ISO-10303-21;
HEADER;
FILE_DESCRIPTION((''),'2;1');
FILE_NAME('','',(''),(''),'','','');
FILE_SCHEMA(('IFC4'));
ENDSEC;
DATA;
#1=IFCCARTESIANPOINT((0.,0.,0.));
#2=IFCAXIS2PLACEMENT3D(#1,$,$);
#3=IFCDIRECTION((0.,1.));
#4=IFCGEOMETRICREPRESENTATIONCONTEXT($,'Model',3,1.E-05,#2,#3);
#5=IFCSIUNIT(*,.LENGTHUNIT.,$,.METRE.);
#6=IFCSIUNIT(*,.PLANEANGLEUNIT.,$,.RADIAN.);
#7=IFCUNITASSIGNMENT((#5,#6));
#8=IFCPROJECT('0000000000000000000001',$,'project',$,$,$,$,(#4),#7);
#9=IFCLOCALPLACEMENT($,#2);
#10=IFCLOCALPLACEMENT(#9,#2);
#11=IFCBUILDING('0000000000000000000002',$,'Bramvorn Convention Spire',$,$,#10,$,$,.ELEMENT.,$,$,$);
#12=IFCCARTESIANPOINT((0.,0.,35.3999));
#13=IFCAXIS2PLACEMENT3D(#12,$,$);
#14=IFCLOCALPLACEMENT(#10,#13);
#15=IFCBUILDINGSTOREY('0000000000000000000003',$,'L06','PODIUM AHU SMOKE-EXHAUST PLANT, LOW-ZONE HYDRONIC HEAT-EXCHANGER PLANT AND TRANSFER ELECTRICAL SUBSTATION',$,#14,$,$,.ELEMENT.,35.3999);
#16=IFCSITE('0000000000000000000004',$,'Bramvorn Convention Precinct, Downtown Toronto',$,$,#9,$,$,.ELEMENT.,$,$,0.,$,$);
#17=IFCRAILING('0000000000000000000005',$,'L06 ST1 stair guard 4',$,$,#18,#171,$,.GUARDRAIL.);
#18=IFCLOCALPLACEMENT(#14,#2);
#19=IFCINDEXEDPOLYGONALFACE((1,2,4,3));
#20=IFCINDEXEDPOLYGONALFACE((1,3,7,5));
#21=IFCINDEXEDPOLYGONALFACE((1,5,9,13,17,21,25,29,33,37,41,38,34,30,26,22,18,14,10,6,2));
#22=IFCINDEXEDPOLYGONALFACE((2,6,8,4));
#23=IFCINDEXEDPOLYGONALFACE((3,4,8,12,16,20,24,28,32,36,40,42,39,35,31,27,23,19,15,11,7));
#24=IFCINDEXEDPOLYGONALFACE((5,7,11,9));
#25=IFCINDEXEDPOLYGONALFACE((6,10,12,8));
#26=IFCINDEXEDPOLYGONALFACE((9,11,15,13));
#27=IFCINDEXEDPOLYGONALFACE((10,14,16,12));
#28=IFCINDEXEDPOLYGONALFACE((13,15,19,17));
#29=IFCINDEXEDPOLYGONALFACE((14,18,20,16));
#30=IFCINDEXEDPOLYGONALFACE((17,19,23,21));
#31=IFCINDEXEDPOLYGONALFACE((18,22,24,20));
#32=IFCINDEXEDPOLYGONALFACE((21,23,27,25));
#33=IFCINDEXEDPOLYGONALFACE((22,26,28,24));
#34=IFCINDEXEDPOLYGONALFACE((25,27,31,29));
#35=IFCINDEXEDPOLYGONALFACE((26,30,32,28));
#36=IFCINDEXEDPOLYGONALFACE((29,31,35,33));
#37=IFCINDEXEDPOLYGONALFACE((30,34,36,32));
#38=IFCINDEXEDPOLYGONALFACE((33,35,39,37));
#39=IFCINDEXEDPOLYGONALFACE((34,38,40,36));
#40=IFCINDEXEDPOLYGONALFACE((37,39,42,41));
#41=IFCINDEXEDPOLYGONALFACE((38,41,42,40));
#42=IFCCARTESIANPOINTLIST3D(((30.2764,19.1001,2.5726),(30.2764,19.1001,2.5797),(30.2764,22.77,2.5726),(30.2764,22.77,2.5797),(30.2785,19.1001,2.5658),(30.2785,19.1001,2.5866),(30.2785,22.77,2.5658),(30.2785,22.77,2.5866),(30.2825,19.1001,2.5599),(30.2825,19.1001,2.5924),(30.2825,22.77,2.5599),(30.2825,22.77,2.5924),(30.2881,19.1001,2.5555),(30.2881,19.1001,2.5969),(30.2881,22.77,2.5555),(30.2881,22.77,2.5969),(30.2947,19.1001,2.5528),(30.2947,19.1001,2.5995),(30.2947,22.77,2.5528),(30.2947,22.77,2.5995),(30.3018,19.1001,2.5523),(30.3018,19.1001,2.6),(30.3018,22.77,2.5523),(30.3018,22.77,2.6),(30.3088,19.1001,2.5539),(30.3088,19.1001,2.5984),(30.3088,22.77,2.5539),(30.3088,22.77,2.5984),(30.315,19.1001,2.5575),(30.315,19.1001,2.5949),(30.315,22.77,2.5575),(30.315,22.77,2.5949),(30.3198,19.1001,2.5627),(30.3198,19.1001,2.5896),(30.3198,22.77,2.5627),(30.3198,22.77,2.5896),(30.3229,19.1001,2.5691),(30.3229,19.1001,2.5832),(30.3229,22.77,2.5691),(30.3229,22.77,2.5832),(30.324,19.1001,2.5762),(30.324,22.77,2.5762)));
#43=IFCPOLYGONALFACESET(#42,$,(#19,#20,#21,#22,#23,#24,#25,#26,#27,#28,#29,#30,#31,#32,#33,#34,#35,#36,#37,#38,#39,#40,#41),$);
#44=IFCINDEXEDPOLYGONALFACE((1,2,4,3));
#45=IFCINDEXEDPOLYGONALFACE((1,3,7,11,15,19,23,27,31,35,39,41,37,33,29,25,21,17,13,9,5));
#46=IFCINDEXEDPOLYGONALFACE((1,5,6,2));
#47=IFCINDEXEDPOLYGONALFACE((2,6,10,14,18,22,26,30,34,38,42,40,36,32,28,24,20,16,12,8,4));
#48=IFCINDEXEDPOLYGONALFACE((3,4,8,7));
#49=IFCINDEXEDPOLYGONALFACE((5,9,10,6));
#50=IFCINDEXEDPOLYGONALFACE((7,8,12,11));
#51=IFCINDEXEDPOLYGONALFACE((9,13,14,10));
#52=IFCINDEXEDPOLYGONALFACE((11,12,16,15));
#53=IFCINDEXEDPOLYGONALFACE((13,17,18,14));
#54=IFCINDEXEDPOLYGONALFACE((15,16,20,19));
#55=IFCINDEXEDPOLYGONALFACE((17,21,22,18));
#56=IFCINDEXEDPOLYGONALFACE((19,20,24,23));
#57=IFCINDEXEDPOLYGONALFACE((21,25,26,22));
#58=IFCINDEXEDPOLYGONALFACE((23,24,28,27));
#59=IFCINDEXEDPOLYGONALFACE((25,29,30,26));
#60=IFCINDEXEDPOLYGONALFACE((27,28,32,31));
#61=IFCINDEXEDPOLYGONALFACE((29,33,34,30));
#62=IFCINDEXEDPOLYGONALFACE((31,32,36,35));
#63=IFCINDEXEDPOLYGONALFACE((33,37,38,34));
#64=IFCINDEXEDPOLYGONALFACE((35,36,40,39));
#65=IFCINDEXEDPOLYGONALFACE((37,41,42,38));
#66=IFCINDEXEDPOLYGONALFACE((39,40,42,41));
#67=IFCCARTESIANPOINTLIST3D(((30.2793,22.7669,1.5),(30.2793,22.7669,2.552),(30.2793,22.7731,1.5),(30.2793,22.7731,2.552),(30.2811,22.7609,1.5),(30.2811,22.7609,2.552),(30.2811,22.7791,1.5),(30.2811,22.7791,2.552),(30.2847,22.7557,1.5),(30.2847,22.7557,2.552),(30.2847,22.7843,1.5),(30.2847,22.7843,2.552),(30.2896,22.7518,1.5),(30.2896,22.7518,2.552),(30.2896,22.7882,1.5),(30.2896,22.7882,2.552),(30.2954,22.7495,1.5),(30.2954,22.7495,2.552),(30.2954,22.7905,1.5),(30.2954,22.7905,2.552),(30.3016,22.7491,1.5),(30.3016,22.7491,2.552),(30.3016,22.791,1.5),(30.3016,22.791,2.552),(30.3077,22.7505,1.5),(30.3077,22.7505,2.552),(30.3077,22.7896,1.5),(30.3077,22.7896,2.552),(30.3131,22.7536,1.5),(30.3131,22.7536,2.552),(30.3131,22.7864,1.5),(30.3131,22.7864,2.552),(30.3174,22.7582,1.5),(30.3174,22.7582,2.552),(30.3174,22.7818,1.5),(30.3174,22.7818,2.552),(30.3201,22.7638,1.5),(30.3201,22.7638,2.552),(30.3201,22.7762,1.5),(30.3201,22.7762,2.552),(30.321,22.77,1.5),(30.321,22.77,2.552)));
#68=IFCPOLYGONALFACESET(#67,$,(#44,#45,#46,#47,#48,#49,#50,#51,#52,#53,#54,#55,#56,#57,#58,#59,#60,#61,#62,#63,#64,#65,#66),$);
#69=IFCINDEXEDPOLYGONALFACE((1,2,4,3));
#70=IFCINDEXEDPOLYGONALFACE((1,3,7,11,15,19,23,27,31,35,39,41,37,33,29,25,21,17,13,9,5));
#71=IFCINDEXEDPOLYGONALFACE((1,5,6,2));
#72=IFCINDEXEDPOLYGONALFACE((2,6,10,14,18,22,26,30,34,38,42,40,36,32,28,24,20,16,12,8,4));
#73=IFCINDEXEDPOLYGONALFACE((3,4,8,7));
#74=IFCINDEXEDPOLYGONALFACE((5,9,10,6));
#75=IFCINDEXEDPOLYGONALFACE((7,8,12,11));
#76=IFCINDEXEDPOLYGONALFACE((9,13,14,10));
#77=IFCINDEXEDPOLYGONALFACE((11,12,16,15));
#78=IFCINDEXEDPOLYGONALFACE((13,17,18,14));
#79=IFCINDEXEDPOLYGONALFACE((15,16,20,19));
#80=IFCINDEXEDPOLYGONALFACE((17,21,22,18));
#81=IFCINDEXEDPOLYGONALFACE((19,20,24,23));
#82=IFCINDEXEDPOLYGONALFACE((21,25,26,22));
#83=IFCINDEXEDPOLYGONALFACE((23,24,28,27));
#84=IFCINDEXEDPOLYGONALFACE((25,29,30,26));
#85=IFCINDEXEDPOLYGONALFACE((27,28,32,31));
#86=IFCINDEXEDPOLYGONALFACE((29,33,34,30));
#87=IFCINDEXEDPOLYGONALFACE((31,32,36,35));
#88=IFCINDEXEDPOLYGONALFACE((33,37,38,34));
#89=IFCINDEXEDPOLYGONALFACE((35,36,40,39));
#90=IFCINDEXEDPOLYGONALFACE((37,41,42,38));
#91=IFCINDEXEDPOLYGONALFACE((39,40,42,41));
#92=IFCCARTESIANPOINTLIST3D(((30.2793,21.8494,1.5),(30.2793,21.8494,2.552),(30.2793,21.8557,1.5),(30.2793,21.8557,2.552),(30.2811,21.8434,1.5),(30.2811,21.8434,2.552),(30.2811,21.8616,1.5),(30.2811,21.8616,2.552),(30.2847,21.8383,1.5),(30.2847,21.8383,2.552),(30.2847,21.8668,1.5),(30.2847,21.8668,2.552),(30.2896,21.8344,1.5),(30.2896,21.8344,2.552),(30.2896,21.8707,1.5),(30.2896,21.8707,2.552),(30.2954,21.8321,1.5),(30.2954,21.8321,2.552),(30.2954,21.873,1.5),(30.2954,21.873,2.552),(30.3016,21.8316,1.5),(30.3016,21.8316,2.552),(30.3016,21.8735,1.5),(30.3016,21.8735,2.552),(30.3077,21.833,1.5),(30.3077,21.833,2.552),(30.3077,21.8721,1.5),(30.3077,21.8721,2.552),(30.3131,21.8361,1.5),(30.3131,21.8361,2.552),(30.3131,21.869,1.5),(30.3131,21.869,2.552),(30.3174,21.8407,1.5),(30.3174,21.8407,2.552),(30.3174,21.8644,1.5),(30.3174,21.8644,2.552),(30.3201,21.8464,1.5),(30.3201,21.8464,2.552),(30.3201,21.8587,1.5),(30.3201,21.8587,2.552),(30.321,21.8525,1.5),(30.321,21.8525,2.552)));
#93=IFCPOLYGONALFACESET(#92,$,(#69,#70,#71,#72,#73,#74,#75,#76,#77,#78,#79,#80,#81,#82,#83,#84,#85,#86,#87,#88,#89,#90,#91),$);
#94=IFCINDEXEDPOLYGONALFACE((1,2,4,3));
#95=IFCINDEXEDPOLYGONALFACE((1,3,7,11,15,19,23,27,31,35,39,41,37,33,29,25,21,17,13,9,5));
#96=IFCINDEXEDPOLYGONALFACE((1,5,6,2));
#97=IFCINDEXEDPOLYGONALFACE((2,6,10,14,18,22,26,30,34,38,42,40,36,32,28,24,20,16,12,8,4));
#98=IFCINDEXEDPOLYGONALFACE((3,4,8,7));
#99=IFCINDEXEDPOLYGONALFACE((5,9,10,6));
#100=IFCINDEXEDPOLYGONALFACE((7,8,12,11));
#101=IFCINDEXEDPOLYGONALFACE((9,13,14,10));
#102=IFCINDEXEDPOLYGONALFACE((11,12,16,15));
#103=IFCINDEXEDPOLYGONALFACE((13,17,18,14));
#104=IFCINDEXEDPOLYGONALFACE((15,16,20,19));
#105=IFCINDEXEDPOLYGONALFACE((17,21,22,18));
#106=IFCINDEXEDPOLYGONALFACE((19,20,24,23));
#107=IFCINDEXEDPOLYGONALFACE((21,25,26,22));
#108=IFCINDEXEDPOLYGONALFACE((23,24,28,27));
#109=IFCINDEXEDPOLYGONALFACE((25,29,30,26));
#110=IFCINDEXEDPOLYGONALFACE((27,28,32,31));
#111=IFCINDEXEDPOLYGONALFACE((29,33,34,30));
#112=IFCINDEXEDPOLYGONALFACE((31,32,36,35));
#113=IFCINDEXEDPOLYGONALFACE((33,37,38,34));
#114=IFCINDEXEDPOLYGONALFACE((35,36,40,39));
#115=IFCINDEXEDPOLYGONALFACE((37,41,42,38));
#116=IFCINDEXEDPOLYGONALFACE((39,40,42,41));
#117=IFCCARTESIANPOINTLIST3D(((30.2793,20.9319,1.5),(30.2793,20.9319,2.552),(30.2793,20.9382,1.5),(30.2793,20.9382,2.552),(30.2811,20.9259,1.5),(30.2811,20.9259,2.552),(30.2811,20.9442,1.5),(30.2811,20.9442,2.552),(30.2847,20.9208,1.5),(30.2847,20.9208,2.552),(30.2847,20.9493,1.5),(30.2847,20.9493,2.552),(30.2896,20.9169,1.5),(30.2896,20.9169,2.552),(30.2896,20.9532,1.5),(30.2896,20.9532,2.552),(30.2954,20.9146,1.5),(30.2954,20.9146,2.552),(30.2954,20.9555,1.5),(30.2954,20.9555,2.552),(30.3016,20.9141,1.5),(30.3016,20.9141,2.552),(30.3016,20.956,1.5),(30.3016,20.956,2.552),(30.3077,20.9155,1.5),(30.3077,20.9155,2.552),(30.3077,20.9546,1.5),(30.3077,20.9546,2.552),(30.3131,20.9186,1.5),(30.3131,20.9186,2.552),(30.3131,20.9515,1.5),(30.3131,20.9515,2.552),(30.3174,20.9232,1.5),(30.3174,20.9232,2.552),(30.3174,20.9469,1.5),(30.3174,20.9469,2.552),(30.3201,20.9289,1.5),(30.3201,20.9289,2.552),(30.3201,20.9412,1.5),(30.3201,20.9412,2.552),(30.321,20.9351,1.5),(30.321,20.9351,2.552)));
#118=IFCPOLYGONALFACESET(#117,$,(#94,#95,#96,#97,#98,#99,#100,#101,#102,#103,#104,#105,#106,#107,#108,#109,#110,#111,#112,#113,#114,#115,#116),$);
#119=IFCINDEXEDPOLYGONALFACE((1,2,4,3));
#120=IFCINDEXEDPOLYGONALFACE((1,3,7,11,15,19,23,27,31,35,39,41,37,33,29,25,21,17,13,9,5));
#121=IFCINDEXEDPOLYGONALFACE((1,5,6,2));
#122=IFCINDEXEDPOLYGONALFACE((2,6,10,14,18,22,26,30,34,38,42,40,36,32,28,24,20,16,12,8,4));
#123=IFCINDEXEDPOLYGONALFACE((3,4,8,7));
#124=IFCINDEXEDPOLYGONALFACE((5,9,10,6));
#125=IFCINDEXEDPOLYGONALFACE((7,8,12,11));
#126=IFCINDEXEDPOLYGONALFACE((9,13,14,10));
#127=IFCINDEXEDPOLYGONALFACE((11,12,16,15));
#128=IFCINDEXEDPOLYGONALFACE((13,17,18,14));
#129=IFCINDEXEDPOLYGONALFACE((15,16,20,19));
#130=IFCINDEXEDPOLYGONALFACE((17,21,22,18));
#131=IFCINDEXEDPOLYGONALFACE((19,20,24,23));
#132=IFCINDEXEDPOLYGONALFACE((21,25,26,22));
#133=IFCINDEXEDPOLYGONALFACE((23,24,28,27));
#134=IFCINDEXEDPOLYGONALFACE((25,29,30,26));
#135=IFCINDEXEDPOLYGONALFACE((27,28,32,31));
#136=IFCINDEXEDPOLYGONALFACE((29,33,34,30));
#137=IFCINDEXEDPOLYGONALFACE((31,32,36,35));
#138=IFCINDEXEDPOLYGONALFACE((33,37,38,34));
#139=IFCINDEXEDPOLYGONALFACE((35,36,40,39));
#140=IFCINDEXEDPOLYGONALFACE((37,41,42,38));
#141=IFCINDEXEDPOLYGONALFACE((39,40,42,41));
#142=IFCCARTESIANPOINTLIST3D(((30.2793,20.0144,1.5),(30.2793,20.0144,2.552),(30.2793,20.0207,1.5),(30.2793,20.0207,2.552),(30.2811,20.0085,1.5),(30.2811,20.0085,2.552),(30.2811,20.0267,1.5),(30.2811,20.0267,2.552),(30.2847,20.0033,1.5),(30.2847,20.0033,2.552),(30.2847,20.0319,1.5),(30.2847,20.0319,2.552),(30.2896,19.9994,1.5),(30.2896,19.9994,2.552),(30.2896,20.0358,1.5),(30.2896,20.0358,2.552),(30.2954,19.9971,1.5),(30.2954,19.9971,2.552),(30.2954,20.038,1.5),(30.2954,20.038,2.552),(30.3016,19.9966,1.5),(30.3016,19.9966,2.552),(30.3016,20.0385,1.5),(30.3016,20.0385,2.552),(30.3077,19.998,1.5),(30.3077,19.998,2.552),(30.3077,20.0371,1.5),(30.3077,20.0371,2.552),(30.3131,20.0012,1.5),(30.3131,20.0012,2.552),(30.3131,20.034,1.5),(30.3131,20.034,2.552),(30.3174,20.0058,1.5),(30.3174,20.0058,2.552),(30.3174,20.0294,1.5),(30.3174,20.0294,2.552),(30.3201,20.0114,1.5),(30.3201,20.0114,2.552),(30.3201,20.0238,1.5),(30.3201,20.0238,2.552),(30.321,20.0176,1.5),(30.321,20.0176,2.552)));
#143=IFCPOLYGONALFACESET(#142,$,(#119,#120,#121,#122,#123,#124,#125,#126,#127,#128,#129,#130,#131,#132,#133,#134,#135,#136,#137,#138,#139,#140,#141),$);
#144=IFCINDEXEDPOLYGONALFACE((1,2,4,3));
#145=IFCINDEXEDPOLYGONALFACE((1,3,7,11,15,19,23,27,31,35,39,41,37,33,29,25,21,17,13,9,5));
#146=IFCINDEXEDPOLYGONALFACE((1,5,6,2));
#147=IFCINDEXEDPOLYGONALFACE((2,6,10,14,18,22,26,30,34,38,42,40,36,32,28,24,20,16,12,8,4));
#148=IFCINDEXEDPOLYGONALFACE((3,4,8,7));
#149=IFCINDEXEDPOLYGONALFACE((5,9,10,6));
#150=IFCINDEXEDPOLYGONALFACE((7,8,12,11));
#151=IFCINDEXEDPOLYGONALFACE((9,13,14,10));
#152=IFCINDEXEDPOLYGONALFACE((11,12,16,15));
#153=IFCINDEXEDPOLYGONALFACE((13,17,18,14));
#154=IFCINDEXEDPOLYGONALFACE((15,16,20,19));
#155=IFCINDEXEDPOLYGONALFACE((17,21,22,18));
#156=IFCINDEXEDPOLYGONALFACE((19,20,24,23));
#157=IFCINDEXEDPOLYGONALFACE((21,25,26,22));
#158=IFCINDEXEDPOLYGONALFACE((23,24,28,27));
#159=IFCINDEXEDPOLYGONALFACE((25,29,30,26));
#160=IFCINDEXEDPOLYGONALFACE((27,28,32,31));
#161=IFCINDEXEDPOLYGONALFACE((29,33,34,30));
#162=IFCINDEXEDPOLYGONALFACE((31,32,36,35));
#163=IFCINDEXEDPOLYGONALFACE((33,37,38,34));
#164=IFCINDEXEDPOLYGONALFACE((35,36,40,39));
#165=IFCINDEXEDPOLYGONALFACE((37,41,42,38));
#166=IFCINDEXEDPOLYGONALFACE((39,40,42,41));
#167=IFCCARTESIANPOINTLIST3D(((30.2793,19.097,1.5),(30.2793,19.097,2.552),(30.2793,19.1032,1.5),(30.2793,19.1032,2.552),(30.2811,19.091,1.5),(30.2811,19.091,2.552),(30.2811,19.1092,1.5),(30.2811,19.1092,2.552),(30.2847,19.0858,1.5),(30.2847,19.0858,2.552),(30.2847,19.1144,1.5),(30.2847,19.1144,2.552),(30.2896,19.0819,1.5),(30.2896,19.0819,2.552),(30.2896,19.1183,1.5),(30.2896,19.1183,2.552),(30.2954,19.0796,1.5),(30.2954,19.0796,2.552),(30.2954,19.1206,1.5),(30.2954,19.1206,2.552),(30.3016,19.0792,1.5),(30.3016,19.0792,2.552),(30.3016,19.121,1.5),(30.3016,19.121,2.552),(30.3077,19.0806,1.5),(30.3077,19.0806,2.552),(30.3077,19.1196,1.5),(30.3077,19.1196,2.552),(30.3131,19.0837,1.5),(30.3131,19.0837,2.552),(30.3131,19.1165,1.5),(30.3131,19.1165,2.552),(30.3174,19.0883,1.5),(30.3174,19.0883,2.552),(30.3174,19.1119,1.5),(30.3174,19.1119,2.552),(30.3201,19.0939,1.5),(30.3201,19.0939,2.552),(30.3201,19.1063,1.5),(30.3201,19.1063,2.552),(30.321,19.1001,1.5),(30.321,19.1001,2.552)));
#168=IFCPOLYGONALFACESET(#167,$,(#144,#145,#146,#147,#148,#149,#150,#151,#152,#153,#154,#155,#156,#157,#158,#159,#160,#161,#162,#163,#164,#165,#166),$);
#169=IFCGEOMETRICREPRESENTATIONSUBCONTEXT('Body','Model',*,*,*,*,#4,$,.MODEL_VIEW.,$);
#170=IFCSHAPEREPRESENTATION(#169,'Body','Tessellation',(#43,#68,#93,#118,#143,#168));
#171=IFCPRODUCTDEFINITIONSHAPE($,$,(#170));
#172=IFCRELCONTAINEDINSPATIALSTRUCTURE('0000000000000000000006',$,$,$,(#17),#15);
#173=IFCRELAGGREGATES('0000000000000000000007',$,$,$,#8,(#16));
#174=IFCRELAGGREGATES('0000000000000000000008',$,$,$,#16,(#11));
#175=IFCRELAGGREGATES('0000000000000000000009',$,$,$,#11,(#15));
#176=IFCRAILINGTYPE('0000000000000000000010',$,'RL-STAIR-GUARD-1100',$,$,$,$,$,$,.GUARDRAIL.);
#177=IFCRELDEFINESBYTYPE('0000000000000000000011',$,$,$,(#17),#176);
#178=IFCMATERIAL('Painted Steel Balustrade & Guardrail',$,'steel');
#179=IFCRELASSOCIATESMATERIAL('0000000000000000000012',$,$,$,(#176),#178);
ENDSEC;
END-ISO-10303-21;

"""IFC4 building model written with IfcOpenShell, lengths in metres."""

from ifc_helpers import new_model, si_unit, direction, frame, origin, origin_2d, place, context, subcontext, project, spatial, circle, extrude, material, type_object, element, save


model = new_model("IFC4")

# Units and contexts
model_context = context("Model", 3, precision=1e-05, world=origin(), true_north=direction((0.0, 1.0)))
body_context = subcontext(model_context, "Body", "Model", "MODEL_VIEW")
ifc_project = project(units=[si_unit("LENGTHUNIT", "METRE"), si_unit("PLANEANGLEUNIT", "RADIAN")], contexts=[model_context])

# Site, building, storey
site_placement = place(None, origin())
site = spatial("IfcSite", under=ifc_project, at=site_placement, Name="Bramvorn Convention Precinct, Downtown Toronto", CompositionType="ELEMENT", RefElevation=0.0)
building_placement = place(site_placement, origin())
building = spatial("IfcBuilding", under=site, at=building_placement, Name="Bramvorn Convention Spire", CompositionType="ELEMENT")
storey_placement = place(building_placement, frame((0.0, 0.0, 35.3999)))
storey = spatial("IfcBuildingStorey", under=building, at=storey_placement, Name="L06", Description="PODIUM AHU SMOKE-EXHAUST PLANT, LOW-ZONE HYDRONIC HEAT-EXCHANGER PLANT AND TRANSFER ELECTRICAL SUBSTATION", CompositionType="ELEMENT", Elevation=35.3999)

# Railing
ifc_material_1 = material(Name="Painted Steel Balustrade & Guardrail", Category="steel")
railing_type_1 = type_object("IfcRailingType", Name="RL-STAIR-GUARD-1100", PredefinedType="GUARDRAIL", material=ifc_material_1)
for number, where, name in (
    (1, (30.3, 22.77, 1.5), "L06 ST1 stair guard 4"),
):
    element("IfcRailing", number, at=place(storey_placement, frame(where)), inside=storey, type_object=railing_type_1, Name=name, PredefinedType="GUARDRAIL", context=body_context, shape_type="SweptSolid", body=[
        extrude(circle(Radius=0.0239, at=origin_2d()), frame((0.0, 0.0, 1.0762), z_axis=(0.0, -1.0, 0.0), x_axis=(1.0, 0.0, 0.0)), (0.0, 0.0, 1.0), 3.6699),
        extrude(circle(Radius=0.021, at=origin_2d()), origin(), (0.0, 0.0, 1.0), 1.052),
        extrude(circle(Radius=0.021, at=origin_2d()), frame((0.0, -0.9175, 0.0)), (0.0, 0.0, 1.0), 1.052),
        extrude(circle(Radius=0.021, at=origin_2d()), frame((0.0, -1.835, 0.0)), (0.0, 0.0, 1.0), 1.052),
        extrude(circle(Radius=0.021, at=origin_2d()), frame((0.0, -2.7524, 0.0)), (0.0, 0.0, 1.0), 1.052),
        extrude(circle(Radius=0.021, at=origin_2d()), frame((0.0, -3.6699, 0.0)), (0.0, 0.0, 1.0), 1.052),
    ])

save(model, "model.ifc")
